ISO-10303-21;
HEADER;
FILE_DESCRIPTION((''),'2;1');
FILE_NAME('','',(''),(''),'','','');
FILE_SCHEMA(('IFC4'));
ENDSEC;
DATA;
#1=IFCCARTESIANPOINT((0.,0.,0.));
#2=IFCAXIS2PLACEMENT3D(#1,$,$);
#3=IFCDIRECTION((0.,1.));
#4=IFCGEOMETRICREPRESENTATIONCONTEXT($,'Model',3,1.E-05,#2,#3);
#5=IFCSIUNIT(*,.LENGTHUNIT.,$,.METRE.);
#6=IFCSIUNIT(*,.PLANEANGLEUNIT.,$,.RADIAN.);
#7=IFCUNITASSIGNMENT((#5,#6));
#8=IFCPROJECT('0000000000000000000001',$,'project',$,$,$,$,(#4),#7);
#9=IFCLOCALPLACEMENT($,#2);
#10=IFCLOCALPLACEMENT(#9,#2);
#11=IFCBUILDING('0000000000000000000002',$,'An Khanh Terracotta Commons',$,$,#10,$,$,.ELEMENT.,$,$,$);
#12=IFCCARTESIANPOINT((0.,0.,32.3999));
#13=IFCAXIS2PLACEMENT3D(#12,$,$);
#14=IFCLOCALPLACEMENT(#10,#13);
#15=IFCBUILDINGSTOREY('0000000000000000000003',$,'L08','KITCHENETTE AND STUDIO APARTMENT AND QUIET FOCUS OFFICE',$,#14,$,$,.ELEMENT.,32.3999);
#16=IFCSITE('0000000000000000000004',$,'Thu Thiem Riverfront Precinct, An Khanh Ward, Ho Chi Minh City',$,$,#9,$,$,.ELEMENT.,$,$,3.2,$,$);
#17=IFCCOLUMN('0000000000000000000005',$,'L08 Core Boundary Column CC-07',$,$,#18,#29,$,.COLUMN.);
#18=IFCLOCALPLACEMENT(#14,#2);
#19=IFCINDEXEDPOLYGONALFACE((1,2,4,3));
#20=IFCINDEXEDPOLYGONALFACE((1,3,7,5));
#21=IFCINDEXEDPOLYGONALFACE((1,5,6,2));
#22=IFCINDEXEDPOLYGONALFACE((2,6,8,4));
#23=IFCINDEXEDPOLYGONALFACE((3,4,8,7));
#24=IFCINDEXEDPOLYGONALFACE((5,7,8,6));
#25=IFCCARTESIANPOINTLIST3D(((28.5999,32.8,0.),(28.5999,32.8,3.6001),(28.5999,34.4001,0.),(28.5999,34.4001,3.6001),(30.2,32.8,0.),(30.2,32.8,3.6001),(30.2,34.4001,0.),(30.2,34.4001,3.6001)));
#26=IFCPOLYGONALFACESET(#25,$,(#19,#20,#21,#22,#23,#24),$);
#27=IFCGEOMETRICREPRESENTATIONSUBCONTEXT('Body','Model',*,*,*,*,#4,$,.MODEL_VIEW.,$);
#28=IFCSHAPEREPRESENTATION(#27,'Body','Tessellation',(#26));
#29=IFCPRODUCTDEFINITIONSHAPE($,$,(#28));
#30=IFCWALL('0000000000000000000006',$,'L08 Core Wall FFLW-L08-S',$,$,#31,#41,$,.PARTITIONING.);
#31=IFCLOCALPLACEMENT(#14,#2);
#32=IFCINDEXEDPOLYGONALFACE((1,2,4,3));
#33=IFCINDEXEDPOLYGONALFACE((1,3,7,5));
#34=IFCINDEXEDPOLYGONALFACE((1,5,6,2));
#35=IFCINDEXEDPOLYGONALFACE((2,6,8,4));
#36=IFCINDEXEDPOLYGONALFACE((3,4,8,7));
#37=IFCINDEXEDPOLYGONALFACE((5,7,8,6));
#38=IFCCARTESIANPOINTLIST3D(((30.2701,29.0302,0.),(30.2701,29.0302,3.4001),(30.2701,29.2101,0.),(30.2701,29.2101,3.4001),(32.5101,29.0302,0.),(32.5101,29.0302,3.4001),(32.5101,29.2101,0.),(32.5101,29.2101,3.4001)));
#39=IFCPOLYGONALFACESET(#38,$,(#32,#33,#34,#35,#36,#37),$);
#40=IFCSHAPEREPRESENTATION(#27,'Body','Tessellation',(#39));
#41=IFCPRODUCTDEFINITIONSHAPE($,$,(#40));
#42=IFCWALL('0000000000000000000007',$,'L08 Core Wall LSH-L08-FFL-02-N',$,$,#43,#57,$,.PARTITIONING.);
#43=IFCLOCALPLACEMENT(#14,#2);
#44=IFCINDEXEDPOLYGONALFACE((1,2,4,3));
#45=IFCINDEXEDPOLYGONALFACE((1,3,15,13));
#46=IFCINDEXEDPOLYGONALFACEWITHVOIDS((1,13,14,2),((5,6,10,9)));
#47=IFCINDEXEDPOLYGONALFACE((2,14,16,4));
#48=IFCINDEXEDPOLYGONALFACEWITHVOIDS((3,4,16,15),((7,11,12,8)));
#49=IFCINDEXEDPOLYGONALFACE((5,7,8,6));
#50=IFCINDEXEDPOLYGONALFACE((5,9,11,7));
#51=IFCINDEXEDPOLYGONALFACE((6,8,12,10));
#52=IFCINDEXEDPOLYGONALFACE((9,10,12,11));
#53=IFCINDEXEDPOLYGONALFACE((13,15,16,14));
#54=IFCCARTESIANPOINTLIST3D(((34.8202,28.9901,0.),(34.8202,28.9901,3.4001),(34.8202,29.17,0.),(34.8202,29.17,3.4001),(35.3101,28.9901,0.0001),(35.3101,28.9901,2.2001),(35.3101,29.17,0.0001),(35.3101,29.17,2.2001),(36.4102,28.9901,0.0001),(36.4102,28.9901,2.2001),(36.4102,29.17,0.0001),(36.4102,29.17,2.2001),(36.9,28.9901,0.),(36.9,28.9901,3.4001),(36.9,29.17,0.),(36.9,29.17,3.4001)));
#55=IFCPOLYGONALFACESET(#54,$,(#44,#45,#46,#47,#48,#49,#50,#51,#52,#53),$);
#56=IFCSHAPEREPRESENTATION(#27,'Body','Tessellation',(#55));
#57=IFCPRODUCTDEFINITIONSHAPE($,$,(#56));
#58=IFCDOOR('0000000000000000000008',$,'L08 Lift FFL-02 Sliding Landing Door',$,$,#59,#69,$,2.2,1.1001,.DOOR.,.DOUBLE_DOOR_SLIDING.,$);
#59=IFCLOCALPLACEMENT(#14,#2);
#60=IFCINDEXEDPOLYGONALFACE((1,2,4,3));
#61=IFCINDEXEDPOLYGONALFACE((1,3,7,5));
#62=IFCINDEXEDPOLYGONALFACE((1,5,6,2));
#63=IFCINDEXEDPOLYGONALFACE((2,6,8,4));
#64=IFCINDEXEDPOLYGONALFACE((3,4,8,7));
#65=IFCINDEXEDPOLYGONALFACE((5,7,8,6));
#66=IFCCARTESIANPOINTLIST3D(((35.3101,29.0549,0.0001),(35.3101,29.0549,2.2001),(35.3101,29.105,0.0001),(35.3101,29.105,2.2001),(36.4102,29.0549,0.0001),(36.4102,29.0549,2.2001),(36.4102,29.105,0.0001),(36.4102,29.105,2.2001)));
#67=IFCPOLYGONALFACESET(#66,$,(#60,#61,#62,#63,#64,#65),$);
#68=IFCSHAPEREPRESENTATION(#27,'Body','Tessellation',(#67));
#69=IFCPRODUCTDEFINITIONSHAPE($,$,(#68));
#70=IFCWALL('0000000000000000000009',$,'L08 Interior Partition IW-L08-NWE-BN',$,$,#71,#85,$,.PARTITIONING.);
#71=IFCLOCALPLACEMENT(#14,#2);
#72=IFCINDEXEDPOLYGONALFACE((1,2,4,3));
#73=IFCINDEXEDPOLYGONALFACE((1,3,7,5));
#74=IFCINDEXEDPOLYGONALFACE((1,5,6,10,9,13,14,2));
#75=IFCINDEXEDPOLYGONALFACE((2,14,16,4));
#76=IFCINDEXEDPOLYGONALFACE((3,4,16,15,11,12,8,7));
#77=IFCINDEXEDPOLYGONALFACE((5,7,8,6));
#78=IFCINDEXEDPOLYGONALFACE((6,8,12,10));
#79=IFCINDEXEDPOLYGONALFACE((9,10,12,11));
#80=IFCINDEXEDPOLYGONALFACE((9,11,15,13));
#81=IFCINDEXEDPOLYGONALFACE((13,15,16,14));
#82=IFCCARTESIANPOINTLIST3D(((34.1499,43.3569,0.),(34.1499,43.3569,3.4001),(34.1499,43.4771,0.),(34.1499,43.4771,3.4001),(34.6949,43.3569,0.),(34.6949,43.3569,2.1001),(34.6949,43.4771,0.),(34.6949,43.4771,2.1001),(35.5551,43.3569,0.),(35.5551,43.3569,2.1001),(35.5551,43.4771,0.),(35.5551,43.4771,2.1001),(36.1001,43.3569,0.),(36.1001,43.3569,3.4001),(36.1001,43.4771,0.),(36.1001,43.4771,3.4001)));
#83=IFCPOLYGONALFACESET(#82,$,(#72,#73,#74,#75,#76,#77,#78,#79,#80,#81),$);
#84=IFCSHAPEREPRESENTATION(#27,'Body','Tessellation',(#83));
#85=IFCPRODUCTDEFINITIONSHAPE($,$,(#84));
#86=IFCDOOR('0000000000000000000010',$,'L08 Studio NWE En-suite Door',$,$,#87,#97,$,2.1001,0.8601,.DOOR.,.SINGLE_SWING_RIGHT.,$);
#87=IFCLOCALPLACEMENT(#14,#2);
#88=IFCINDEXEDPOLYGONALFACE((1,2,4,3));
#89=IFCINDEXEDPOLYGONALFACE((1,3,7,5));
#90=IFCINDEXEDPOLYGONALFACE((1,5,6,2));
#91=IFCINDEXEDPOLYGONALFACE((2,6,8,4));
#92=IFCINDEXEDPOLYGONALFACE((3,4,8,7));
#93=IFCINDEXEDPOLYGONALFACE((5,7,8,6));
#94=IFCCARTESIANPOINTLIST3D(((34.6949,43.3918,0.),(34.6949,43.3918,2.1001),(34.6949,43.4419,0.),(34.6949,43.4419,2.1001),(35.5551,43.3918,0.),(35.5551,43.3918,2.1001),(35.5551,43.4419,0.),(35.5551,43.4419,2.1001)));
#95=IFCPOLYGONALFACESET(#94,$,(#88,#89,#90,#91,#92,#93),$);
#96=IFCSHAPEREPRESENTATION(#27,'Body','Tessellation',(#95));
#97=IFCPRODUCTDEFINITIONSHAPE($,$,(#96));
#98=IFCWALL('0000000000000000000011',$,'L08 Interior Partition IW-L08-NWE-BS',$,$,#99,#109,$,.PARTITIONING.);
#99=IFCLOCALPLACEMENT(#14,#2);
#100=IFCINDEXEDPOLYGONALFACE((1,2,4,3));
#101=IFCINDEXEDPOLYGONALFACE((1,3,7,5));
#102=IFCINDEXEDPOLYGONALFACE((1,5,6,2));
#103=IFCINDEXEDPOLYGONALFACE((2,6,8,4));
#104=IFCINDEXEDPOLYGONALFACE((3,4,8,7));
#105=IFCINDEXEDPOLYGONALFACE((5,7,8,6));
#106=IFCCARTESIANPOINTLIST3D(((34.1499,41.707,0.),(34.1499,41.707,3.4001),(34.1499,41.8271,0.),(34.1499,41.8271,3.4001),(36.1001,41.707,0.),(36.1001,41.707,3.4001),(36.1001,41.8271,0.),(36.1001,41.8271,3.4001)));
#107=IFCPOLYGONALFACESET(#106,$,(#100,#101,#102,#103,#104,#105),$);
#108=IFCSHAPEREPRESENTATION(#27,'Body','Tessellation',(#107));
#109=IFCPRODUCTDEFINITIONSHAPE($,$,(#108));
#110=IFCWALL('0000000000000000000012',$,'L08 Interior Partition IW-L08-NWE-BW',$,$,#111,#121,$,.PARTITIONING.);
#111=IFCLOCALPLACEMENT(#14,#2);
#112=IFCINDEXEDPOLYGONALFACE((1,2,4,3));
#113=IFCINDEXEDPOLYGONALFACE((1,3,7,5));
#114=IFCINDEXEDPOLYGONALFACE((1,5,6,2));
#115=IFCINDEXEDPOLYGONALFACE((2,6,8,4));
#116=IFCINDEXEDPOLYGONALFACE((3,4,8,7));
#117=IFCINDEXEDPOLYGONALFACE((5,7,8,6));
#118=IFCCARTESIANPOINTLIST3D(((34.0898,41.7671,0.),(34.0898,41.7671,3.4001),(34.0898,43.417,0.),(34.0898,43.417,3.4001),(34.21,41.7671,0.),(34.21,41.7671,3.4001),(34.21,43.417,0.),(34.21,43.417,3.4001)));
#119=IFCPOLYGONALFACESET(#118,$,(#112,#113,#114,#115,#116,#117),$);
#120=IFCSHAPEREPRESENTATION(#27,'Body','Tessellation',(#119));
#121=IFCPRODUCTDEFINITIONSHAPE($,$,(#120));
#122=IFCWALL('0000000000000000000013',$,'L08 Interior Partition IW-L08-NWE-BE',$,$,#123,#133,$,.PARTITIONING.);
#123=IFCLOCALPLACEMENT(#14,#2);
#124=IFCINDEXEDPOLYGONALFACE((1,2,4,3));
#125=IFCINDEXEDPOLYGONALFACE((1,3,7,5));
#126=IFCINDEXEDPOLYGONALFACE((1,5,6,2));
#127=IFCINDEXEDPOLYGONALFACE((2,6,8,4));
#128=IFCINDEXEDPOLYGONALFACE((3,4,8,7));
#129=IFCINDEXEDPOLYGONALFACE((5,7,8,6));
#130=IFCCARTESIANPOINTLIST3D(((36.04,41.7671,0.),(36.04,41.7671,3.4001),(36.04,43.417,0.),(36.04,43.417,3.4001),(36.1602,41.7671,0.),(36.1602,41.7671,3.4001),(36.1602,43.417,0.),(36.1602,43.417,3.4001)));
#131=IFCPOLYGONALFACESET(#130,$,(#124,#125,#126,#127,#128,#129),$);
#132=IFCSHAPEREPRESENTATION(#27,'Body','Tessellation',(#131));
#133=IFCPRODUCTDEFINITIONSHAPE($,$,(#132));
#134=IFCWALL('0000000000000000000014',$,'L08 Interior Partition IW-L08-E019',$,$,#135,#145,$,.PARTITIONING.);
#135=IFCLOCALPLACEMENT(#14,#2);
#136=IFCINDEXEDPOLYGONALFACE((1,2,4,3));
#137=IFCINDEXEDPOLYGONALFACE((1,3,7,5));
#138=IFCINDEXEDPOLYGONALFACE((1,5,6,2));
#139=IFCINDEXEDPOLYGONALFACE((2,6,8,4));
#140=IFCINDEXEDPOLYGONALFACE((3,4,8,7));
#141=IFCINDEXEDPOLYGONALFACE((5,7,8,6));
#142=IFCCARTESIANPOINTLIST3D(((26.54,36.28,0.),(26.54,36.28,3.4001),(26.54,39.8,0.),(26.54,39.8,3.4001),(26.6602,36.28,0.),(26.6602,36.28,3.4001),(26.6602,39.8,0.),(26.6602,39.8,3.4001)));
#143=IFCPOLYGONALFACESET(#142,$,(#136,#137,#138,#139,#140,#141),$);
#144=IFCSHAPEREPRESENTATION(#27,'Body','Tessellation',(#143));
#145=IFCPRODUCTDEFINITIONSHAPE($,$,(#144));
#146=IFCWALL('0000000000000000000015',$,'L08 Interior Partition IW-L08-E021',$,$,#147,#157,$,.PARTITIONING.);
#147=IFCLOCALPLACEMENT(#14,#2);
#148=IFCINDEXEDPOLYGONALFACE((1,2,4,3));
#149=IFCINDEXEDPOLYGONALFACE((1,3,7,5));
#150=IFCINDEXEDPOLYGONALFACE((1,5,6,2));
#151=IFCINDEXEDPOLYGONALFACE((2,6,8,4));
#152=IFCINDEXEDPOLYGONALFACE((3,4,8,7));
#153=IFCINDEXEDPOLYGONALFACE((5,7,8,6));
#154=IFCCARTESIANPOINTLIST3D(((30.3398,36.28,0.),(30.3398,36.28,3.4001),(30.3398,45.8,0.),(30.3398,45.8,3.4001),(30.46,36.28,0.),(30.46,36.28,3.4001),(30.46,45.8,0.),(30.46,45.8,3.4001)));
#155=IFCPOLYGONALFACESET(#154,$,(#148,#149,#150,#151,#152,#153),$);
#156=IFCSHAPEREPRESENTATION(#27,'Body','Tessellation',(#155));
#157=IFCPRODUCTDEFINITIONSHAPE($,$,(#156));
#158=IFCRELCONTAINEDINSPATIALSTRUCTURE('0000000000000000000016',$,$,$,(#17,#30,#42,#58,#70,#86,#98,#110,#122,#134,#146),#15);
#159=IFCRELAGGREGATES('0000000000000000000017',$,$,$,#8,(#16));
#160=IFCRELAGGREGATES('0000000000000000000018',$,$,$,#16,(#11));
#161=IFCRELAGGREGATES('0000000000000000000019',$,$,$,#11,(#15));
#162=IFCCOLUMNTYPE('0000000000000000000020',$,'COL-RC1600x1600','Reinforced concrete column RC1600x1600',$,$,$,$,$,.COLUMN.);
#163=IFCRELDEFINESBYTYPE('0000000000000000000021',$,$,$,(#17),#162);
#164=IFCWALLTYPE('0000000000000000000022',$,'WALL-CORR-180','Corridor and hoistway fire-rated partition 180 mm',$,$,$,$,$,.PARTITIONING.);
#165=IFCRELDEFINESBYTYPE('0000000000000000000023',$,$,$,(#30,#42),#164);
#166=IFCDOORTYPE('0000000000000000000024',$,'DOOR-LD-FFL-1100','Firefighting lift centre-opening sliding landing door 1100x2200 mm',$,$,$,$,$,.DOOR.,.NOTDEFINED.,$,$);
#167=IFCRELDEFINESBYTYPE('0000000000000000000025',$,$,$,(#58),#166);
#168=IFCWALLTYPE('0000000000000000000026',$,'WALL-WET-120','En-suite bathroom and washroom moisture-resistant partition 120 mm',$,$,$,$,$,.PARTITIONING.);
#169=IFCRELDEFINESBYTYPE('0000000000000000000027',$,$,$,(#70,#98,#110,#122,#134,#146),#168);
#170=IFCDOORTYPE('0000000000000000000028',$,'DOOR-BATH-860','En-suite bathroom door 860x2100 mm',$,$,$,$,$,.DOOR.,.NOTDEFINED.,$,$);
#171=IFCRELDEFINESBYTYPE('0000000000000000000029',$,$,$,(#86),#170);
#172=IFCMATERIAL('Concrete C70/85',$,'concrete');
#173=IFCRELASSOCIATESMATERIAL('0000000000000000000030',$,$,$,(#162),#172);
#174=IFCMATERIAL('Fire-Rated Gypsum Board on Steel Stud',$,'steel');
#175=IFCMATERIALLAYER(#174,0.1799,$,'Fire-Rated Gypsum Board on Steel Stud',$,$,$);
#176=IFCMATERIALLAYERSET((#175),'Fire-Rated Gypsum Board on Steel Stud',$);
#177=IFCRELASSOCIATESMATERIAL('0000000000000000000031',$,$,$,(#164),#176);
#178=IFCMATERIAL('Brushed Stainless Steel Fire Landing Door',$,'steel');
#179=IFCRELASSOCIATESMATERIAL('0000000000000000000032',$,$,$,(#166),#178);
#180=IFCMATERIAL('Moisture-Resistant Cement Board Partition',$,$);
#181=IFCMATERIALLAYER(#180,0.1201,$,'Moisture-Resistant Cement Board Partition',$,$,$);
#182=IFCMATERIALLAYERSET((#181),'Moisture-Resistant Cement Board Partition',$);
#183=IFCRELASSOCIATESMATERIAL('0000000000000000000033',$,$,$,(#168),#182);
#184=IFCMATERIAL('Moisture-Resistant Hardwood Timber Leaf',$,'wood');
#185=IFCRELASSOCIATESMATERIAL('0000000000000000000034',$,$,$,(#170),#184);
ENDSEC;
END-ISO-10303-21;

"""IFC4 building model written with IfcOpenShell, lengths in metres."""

from ifc_helpers import new_model, si_unit, direction, frame, frame_2d, origin, origin_2d, place, context, subcontext, project, spatial, rectangle, extrude, material, layer, layer_set, material_profile, profile_set, type_object, element, fill, save


model = new_model("IFC4")

# Units and contexts
model_context = context("Model", 3, precision=1e-05, world=origin(), true_north=direction((0.0, 1.0)))
body_context = subcontext(model_context, "Body", "Model", "MODEL_VIEW")
ifc_project = project(units=[si_unit("LENGTHUNIT", "METRE"), si_unit("PLANEANGLEUNIT", "RADIAN")], contexts=[model_context])

# Site, building, storey
site_placement = place(None, origin())
site = spatial("IfcSite", under=ifc_project, at=site_placement, Name="Thu Thiem Riverfront Precinct, An Khanh Ward, Ho Chi Minh City", CompositionType="ELEMENT", RefElevation=3.2)
building_placement = place(site_placement, origin())
building = spatial("IfcBuilding", under=site, at=building_placement, Name="An Khanh Terracotta Commons", CompositionType="ELEMENT")
storey_placement = place(building_placement, frame((0.0, 0.0, 32.3999)))
storey = spatial("IfcBuildingStorey", under=building, at=storey_placement, Name="L08", Description="KITCHENETTE AND STUDIO APARTMENT AND QUIET FOCUS OFFICE", CompositionType="ELEMENT", Elevation=32.3999)

# Column
ifc_material_1 = material(Name="Concrete C70/85", Category="concrete")
ifc_material_profile = material_profile(ifc_material_1, rectangle(XDim=1.6001, YDim=1.6001, at=origin_2d()), Name="RC1600x1600")
ifc_profile_set = profile_set([ifc_material_profile], Name="Concrete C70/85")
column_type = type_object("IfcColumnType", Name="COL-RC1600x1600", Description="Reinforced concrete column RC1600x1600", PredefinedType="COLUMN", material=ifc_profile_set)
column_placement = place(storey_placement, frame((29.3999, 33.6001, 0.0), z_axis=(0.0, 0.0, 1.0), x_axis=(1.0, 0.0, 0.0)))
element("IfcColumn", 1, at=column_placement, inside=storey, type_object=column_type, Name="L08 Core Boundary Column CC-07", PredefinedType="COLUMN", context=body_context, shape_type="SweptSolid", body=[
    extrude(rectangle(XDim=1.6001, YDim=1.6001, at=origin_2d()), origin(), (0.0, 0.0, 1.0), 3.6001),
])

# Wall
ifc_material_2 = material(Name="Fire-Rated Gypsum Board on Steel Stud", Category="steel")
ifc_layer_1 = layer(ifc_material_2, 0.1799, Name="Fire-Rated Gypsum Board on Steel Stud")
ifc_layer_set_1 = layer_set([ifc_layer_1], Name="Fire-Rated Gypsum Board on Steel Stud")
wall_type_1 = type_object("IfcWallType", Name="WALL-CORR-180", Description="Corridor and hoistway fire-rated partition 180 mm", PredefinedType="PARTITIONING", material=ifc_layer_set_1)
wall_1_placement = place(storey_placement, frame((30.27, 29.1201, 0.0), z_axis=(0.0, 0.0, 1.0), x_axis=(1.0, 0.0, 0.0)))
element("IfcWall", 2, at=wall_1_placement, inside=storey, type_object=wall_type_1, Name="L08 Core Wall FFLW-L08-S", PredefinedType="PARTITIONING", context=body_context, shape_type="SweptSolid", body=[
    extrude(rectangle(XDim=2.24, YDim=0.1799, at=frame_2d((1.1201, 0.0))), origin(), (0.0, 0.0, 1.0), 3.4001),
])

# Walls, openings, doors
wall_2_placement = place(storey_placement, frame((34.8201, 29.0801, 0.0), z_axis=(0.0, 0.0, 1.0), x_axis=(1.0, 0.0, 0.0)))
wall_2 = element("IfcWall", 3, at=wall_2_placement, inside=storey, type_object=wall_type_1, Name="L08 Core Wall LSH-L08-FFL-02-N", PredefinedType="PARTITIONING", context=body_context, shape_type="SweptSolid", body=[
    extrude(rectangle(XDim=2.0798, YDim=0.1799, at=frame_2d((1.04, 0.0))), origin(), (0.0, 0.0, 1.0), 3.4001),
])
opening_1_placement = place(wall_2_placement, frame((0.49, 0.0, 0.0)))
opening_1 = element("IfcOpeningElement", 4, at=opening_1_placement, cuts=wall_2, PredefinedType="OPENING", context=body_context, shape_type="SweptSolid", body=[
    extrude(rectangle(XDim=1.1001, YDim=2.2, at=frame_2d((0.55, 1.1001))), frame((0.0, 0.0999, 0.0), z_axis=(0.0, -1.0, 0.0), x_axis=(1.0, 0.0, 0.0)), (0.0, 0.0, 1.0), 0.2),
])
ifc_material_3 = material(Name="Brushed Stainless Steel Fire Landing Door", Category="steel")
door_type_1 = type_object("IfcDoorType", Name="DOOR-LD-FFL-1100", Description="Firefighting lift centre-opening sliding landing door 1100x2200 mm", OperationType="NOTDEFINED", PredefinedType="DOOR", material=ifc_material_3)
door_1_placement = place(opening_1_placement, origin())
door_1 = element("IfcDoor", 5, at=door_1_placement, inside=storey, type_object=door_type_1, Name="L08 Lift FFL-02 Sliding Landing Door", OperationType="DOUBLE_DOOR_SLIDING", OverallHeight=2.2, OverallWidth=1.1001, PredefinedType="DOOR", context=body_context, shape_type="SweptSolid", body=[
    extrude(rectangle(XDim=1.1001, YDim=2.2, at=frame_2d((0.55, 1.1001))), frame((0.0, 0.0249, 0.0), z_axis=(0.0, -1.0, 0.0), x_axis=(1.0, 0.0, 0.0)), (0.0, 0.0, 1.0), 0.05),
])
fill(opening_1, door_1)
ifc_material_4 = material(Name="Moisture-Resistant Cement Board Partition")
ifc_layer_2 = layer(ifc_material_4, 0.1201, Name="Moisture-Resistant Cement Board Partition")
ifc_layer_set_2 = layer_set([ifc_layer_2], Name="Moisture-Resistant Cement Board Partition")
wall_type_2 = type_object("IfcWallType", Name="WALL-WET-120", Description="En-suite bathroom and washroom moisture-resistant partition 120 mm", PredefinedType="PARTITIONING", material=ifc_layer_set_2)
wall_3_placement = place(storey_placement, frame((34.1499, 43.417, 0.0), z_axis=(0.0, 0.0, 1.0), x_axis=(1.0, 0.0, 0.0)))
wall_3 = element("IfcWall", 6, at=wall_3_placement, inside=storey, type_object=wall_type_2, Name="L08 Interior Partition IW-L08-NWE-BN", PredefinedType="PARTITIONING", context=body_context, shape_type="SweptSolid", body=[
    extrude(rectangle(XDim=1.9502, YDim=0.1201, at=frame_2d((0.9751, 0.0))), origin(), (0.0, 0.0, 1.0), 3.4001),
])
opening_2_placement = place(wall_3_placement, frame((0.5449, 0.0, 0.0)))
opening_2 = element("IfcOpeningElement", 7, at=opening_2_placement, cuts=wall_3, PredefinedType="OPENING", context=body_context, shape_type="SweptSolid", body=[
    extrude(rectangle(XDim=0.8601, YDim=2.1001, at=frame_2d((0.4302, 1.05))), frame((0.0, 0.0701, 0.0), z_axis=(0.0, -1.0, 0.0), x_axis=(1.0, 0.0, 0.0)), (0.0, 0.0, 1.0), 0.1401),
])
ifc_material_5 = material(Name="Moisture-Resistant Hardwood Timber Leaf", Category="wood")
door_type_2 = type_object("IfcDoorType", Name="DOOR-BATH-860", Description="En-suite bathroom door 860x2100 mm", OperationType="NOTDEFINED", PredefinedType="DOOR", material=ifc_material_5)
door_2_placement = place(opening_2_placement, origin())
door_2 = element("IfcDoor", 8, at=door_2_placement, inside=storey, type_object=door_type_2, Name="L08 Studio NWE En-suite Door", OperationType="SINGLE_SWING_RIGHT", OverallHeight=2.1001, OverallWidth=0.8601, PredefinedType="DOOR", context=body_context, shape_type="SweptSolid", body=[
    extrude(rectangle(XDim=0.8601, YDim=2.1001, at=frame_2d((0.4302, 1.05))), frame((0.0, 0.0249, 0.0), z_axis=(0.0, -1.0, 0.0), x_axis=(1.0, 0.0, 0.0)), (0.0, 0.0, 1.0), 0.05),
])
fill(opening_2, door_2)

# Walls
wall_4_placement = place(storey_placement, frame((36.1001, 41.7671, 0.0), z_axis=(0.0, 0.0, 1.0), x_axis=(-1.0, 0.0, 0.0)))
element("IfcWall", 9, at=wall_4_placement, inside=storey, type_object=wall_type_2, Name="L08 Interior Partition IW-L08-NWE-BS", PredefinedType="PARTITIONING", context=body_context, shape_type="SweptSolid", body=[
    extrude(rectangle(XDim=1.9502, YDim=0.1201, at=frame_2d((0.9751, 0.0))), origin(), (0.0, 0.0, 1.0), 3.4001),
])
for number, where, z_axis, x_axis, name in (
    (10, (34.1499, 43.417, 0.0), (0.0, 0.0, 1.0), (0.0, -1.0, 0.0), "L08 Interior Partition IW-L08-NWE-BW"),
    (11, (36.1001, 41.7671, 0.0), (0.0, 0.0, 1.0), (0.0, 1.0, 0.0), "L08 Interior Partition IW-L08-NWE-BE"),
):
    element("IfcWall", number, at=place(storey_placement, frame(where, z_axis=z_axis, x_axis=x_axis)), inside=storey, type_object=wall_type_2, Name=name, PredefinedType="PARTITIONING", context=body_context, shape_type="SweptSolid", body=[
        extrude(rectangle(XDim=1.6499, YDim=0.1201, at=frame_2d((0.825, 0.0))), origin(), (0.0, 0.0, 1.0), 3.4001),
    ])
wall_5_placement = place(storey_placement, frame((26.6001, 36.28, 0.0), z_axis=(0.0, 0.0, 1.0), x_axis=(0.0, 1.0, 0.0)))
element("IfcWall", 12, at=wall_5_placement, inside=storey, type_object=wall_type_2, Name="L08 Interior Partition IW-L08-E019", PredefinedType="PARTITIONING", context=body_context, shape_type="SweptSolid", body=[
    extrude(rectangle(XDim=3.52, YDim=0.1201, at=frame_2d((1.76, 0.0))), origin(), (0.0, 0.0, 1.0), 3.4001),
])
wall_6_placement = place(storey_placement, frame((30.3999, 36.28, 0.0), z_axis=(0.0, 0.0, 1.0), x_axis=(0.0, 1.0, 0.0)))
element("IfcWall", 13, at=wall_6_placement, inside=storey, type_object=wall_type_2, Name="L08 Interior Partition IW-L08-E021", PredefinedType="PARTITIONING", context=body_context, shape_type="SweptSolid", body=[
    extrude(rectangle(XDim=9.52, YDim=0.1201, at=frame_2d((4.76, 0.0))), origin(), (0.0, 0.0, 1.0), 3.4001),
])

save(model, "model.ifc")
